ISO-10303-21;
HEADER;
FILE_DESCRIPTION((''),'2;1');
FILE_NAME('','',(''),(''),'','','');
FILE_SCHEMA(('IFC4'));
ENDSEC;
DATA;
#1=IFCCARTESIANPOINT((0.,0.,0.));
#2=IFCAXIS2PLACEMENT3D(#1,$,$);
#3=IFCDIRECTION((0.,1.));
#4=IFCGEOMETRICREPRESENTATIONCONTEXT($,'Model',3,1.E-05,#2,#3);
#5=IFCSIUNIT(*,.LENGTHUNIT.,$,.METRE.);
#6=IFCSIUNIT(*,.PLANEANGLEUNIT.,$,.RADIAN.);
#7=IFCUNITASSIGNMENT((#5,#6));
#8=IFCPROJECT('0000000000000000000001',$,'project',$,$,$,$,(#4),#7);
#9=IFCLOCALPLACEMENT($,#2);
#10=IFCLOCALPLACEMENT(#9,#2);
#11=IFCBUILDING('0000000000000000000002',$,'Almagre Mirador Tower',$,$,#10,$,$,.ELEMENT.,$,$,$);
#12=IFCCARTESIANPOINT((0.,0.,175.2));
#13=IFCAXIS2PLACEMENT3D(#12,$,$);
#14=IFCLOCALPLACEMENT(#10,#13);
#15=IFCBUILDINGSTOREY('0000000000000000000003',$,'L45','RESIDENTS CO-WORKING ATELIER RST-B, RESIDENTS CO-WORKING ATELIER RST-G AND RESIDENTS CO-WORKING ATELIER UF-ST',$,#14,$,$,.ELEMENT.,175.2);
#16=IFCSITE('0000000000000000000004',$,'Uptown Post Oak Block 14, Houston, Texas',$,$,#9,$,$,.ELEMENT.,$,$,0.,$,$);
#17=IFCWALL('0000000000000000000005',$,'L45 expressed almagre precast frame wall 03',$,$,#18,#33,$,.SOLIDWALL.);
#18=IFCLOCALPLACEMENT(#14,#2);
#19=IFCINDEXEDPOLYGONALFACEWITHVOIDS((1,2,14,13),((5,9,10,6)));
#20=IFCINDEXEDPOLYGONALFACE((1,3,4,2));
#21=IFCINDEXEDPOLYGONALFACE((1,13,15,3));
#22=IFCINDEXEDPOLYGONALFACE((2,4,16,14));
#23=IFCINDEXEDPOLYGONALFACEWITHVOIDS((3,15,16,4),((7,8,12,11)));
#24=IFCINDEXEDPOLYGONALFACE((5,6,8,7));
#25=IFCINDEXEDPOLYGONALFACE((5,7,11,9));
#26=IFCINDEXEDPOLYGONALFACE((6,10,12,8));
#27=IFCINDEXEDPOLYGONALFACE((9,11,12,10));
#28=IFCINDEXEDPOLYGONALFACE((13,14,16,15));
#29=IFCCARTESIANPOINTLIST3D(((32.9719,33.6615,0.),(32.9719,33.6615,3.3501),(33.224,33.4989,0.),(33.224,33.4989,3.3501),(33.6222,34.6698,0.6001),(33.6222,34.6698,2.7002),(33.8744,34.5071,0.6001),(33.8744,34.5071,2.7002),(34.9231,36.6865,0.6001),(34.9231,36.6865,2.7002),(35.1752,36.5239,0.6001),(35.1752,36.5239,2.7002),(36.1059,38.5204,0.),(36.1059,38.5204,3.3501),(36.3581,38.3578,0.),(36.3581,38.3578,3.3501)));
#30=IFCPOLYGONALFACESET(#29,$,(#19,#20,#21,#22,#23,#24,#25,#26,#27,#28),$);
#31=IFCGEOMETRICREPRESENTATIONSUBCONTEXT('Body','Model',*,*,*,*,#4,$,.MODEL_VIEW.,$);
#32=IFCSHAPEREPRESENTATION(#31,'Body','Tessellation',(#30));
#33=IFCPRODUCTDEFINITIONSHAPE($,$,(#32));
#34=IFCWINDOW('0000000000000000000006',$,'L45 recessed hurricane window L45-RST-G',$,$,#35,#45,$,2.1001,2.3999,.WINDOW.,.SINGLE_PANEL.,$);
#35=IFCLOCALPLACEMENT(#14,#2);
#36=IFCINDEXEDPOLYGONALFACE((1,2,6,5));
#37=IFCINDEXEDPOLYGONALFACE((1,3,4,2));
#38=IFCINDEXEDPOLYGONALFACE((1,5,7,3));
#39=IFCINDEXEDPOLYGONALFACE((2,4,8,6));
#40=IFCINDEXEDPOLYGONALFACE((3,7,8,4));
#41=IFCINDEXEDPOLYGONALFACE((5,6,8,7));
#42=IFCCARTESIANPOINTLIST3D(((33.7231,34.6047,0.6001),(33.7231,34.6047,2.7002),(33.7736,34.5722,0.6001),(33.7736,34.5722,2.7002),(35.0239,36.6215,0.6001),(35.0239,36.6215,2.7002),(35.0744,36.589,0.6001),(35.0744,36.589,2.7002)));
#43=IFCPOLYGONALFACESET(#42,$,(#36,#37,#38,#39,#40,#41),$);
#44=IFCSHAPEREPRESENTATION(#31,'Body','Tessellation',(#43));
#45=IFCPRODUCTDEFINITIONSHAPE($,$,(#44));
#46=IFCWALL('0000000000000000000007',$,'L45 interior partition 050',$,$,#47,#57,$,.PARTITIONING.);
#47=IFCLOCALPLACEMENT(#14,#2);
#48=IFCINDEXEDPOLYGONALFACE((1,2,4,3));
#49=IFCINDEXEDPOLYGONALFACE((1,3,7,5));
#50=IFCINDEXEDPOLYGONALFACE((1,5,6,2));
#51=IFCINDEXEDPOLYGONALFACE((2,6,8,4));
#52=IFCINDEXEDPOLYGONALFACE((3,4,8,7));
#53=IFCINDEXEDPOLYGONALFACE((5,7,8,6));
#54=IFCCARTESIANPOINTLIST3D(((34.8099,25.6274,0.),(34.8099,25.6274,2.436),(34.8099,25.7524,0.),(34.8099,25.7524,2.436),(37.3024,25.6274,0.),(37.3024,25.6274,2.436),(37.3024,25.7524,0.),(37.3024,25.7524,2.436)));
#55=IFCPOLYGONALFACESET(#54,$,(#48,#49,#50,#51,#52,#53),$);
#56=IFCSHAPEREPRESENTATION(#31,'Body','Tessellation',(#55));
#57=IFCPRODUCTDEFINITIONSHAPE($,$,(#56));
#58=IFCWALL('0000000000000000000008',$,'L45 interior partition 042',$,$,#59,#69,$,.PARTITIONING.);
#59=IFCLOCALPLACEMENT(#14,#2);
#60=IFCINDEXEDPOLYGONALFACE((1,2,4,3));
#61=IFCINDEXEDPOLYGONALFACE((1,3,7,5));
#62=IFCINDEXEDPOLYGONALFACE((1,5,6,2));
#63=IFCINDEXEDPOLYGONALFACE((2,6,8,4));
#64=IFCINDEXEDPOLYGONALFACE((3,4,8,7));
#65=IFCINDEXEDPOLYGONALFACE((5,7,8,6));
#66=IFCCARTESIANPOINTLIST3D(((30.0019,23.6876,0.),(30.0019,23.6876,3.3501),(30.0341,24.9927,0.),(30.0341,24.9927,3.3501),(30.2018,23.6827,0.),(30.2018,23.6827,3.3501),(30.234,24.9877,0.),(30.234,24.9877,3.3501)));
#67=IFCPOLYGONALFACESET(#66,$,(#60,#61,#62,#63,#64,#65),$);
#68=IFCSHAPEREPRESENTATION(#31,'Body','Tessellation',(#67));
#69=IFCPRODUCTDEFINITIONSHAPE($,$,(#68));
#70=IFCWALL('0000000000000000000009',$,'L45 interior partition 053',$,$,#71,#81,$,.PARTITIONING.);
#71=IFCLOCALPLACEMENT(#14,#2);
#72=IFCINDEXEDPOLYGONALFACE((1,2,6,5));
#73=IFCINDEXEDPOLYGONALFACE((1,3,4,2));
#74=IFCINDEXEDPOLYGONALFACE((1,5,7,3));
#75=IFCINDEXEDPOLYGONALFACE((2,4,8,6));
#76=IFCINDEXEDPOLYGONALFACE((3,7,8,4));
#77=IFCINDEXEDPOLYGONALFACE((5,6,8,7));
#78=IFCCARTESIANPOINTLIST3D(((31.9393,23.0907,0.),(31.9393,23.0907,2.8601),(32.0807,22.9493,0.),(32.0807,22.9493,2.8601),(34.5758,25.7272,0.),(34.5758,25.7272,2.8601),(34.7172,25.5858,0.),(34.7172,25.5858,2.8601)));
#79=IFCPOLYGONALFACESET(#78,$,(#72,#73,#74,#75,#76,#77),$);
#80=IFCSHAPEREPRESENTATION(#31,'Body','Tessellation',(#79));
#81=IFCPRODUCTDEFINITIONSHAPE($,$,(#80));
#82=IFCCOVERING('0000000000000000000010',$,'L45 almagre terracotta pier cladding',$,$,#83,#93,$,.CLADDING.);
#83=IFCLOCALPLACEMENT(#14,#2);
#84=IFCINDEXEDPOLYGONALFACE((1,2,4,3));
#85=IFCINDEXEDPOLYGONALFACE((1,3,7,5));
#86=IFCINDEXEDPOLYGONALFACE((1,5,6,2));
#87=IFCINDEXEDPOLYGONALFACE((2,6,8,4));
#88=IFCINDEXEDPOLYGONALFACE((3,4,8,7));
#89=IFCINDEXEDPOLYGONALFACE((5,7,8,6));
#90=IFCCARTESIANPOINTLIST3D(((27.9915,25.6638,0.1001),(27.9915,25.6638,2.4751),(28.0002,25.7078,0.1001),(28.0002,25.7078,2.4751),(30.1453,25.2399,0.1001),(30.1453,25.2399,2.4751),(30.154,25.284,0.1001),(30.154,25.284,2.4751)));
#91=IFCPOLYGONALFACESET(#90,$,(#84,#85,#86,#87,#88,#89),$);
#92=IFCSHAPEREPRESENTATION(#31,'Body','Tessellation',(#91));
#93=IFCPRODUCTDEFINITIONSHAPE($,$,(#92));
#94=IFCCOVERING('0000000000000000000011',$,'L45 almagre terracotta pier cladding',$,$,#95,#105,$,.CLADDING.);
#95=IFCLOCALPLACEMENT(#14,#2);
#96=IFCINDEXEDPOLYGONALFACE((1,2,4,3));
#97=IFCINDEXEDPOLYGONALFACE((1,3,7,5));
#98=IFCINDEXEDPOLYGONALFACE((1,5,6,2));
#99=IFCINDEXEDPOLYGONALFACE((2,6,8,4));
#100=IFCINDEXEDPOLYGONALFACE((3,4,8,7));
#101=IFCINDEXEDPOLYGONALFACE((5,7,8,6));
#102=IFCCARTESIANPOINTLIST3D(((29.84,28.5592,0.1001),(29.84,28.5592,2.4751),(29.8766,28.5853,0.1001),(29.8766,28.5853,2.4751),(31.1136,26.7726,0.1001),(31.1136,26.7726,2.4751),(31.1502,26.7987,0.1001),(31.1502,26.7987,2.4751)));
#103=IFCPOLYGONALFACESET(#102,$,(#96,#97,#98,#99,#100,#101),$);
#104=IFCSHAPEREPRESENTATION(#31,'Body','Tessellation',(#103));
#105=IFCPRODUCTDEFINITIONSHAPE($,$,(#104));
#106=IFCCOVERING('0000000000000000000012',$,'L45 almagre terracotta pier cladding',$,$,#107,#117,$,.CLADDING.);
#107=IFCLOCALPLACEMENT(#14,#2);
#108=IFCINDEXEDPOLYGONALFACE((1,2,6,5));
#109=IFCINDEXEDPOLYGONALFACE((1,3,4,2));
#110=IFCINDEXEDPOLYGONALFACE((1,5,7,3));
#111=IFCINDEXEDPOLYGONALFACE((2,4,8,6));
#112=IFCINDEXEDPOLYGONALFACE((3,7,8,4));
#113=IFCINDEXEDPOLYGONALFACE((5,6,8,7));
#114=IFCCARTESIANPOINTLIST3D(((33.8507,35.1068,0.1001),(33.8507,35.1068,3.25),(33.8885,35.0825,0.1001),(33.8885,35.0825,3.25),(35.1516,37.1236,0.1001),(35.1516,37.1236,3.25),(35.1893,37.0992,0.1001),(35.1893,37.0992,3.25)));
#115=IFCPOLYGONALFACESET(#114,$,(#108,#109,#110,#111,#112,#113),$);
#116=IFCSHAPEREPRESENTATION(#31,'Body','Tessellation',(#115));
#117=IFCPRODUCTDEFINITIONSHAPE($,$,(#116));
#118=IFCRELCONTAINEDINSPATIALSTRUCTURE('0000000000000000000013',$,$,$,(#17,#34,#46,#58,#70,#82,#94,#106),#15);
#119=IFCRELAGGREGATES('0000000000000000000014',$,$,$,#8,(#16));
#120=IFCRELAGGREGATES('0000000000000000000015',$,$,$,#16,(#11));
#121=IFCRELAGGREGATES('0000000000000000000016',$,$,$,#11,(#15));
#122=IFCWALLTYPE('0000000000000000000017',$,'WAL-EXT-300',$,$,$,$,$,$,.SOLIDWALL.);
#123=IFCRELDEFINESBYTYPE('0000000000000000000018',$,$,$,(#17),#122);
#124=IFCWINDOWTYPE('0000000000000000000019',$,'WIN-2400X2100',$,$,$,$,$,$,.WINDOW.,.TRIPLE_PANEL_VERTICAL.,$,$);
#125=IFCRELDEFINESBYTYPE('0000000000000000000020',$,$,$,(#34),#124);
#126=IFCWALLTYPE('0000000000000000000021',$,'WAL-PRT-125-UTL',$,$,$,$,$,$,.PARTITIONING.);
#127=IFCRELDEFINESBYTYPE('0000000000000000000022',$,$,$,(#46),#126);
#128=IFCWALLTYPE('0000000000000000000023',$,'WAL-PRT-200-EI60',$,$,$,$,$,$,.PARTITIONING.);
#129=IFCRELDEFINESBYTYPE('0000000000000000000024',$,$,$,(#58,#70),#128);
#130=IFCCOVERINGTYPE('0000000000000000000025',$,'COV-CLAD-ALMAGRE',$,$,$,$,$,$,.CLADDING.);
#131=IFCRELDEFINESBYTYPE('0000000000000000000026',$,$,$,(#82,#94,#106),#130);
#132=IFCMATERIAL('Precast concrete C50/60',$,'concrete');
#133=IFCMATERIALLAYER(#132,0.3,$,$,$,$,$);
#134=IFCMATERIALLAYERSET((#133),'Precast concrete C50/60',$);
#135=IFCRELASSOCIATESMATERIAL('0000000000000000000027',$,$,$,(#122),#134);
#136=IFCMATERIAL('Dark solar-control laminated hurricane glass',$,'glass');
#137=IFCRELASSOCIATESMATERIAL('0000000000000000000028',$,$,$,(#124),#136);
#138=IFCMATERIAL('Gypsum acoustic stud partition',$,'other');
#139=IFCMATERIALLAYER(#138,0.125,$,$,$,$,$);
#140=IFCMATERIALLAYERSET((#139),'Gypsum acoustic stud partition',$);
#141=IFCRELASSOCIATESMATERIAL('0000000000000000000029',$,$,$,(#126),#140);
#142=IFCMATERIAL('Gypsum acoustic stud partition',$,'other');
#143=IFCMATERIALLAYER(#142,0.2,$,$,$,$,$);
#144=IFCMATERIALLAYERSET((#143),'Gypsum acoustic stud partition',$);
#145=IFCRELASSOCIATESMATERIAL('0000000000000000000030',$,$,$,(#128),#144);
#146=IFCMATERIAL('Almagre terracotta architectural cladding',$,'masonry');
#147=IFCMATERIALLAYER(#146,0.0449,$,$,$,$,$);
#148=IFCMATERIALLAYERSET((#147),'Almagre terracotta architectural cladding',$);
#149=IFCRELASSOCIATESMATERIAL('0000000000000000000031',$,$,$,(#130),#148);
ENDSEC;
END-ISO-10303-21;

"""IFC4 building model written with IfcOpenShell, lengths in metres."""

from ifc_helpers import new_model, si_unit, direction, frame, frame_2d, origin, origin_2d, place, context, subcontext, project, spatial, rectangle, extrude, material, layer, layer_set, type_object, element, fill, save


model = new_model("IFC4")

# Units and contexts
model_context = context("Model", 3, precision=1e-05, world=origin(), true_north=direction((0.0, 1.0)))
body_context = subcontext(model_context, "Body", "Model", "MODEL_VIEW")
ifc_project = project(units=[si_unit("LENGTHUNIT", "METRE"), si_unit("PLANEANGLEUNIT", "RADIAN")], contexts=[model_context])

# Site, building, storey
site_placement = place(None, origin())
site = spatial("IfcSite", under=ifc_project, at=site_placement, Name="Uptown Post Oak Block 14, Houston, Texas", CompositionType="ELEMENT", RefElevation=0.0)
building_placement = place(site_placement, origin())
building = spatial("IfcBuilding", under=site, at=building_placement, Name="Almagre Mirador Tower", CompositionType="ELEMENT")
storey_placement = place(building_placement, frame((0.0, 0.0, 175.2)))
storey = spatial("IfcBuildingStorey", under=building, at=storey_placement, Name="L45", Description="RESIDENTS CO-WORKING ATELIER RST-B, RESIDENTS CO-WORKING ATELIER RST-G AND RESIDENTS CO-WORKING ATELIER UF-ST", CompositionType="ELEMENT", Elevation=175.2)

# Shared definitions
ifc_material_1 = material(Name="Precast concrete C50/60", Category="concrete")
ifc_layer_1 = layer(ifc_material_1, 0.3)
ifc_layer_set_1 = layer_set([ifc_layer_1], Name="Precast concrete C50/60")
wall_type_1 = type_object("IfcWallType", Name="WAL-EXT-300", PredefinedType="SOLIDWALL", material=ifc_layer_set_1)

# Wall, opening, window
wall_1_placement = place(storey_placement, frame((33.0979, 33.5801, 0.0), z_axis=(0.0, 0.0, 1.0), x_axis=(0.542037, 0.840354, 0.0)))
wall_1 = element("IfcWall", 1, at=wall_1_placement, inside=storey, type_object=wall_type_1, Name="L45 expressed almagre precast frame wall 03", PredefinedType="SOLIDWALL", context=body_context, shape_type="SweptSolid", body=[
    extrude(rectangle(XDim=5.782, YDim=0.3, at=frame_2d((2.8911, 0.0))), origin(), (0.0, 0.0, 1.0), 3.3501),
])
opening_placement = place(wall_1_placement, frame((1.2, 0.0, 0.6001)))
opening = element("IfcOpeningElement", 2, at=opening_placement, cuts=wall_1, PredefinedType="OPENING", context=body_context, shape_type="SweptSolid", body=[
    extrude(rectangle(XDim=2.3999, YDim=2.1001, at=frame_2d((1.2, 1.05))), frame((0.0, 0.1599, 0.0), z_axis=(0.0, -1.0, 0.0), x_axis=(1.0, 0.0, 0.0)), (0.0, 0.0, 1.0), 0.32),
])
ifc_material_2 = material(Name="Dark solar-control laminated hurricane glass", Category="glass")
window_type = type_object("IfcWindowType", Name="WIN-2400X2100", PartitioningType="TRIPLE_PANEL_VERTICAL", PredefinedType="WINDOW", material=ifc_material_2)
window_placement = place(opening_placement, origin())
window = element("IfcWindow", 3, at=window_placement, inside=storey, type_object=window_type, Name="L45 recessed hurricane window L45-RST-G", OverallHeight=2.1001, OverallWidth=2.3999, PartitioningType="SINGLE_PANEL", PredefinedType="WINDOW", context=body_context, shape_type="SweptSolid", body=[
    extrude(rectangle(XDim=2.3999, YDim=2.1001, at=frame_2d((1.2, 1.05))), frame((0.0, 0.03, 0.0), z_axis=(0.0, -1.0, 0.0), x_axis=(1.0, 0.0, 0.0)), (0.0, 0.0, 1.0), 0.0601),
])
fill(opening, window)

# Walls
ifc_material_3 = material(Name="Gypsum acoustic stud partition", Category="other")
ifc_layer_2 = layer(ifc_material_3, 0.125)
ifc_layer_set_2 = layer_set([ifc_layer_2], Name="Gypsum acoustic stud partition")
wall_type_2 = type_object("IfcWallType", Name="WAL-PRT-125-UTL", PredefinedType="PARTITIONING", material=ifc_layer_set_2)
wall_2_placement = place(storey_placement, frame((34.8101, 25.6899, 0.0), z_axis=(0.0, 0.0, 1.0), x_axis=(1.0, 0.0, 0.0)))
element("IfcWall", 4, at=wall_2_placement, inside=storey, type_object=wall_type_2, Name="L45 interior partition 050", PredefinedType="PARTITIONING", context=body_context, shape_type="SweptSolid", body=[
    extrude(rectangle(XDim=2.4924, YDim=0.125, at=frame_2d((1.2461, 0.0))), origin(), (0.0, 0.0, 1.0), 2.436),
])
ifc_material_4 = material(Name="Gypsum acoustic stud partition", Category="other")
ifc_layer_3 = layer(ifc_material_4, 0.2)
ifc_layer_set_3 = layer_set([ifc_layer_3], Name="Gypsum acoustic stud partition")
wall_type_3 = type_object("IfcWallType", Name="WAL-PRT-200-EI60", PredefinedType="PARTITIONING", material=ifc_layer_set_3)
wall_3_placement = place(storey_placement, frame((30.1018, 23.6851, 0.0), z_axis=(0.0, 0.0, 1.0), x_axis=(0.024688, 0.999695, 0.0)))
element("IfcWall", 5, at=wall_3_placement, inside=storey, type_object=wall_type_3, Name="L45 interior partition 042", PredefinedType="PARTITIONING", context=body_context, shape_type="SweptSolid", body=[
    extrude(rectangle(XDim=1.3054, YDim=0.2, at=frame_2d((0.6528, 0.0))), origin(), (0.0, 0.0, 1.0), 3.3501),
])
wall_4_placement = place(storey_placement, frame((34.6465, 25.6565, 0.0), z_axis=(0.0, 0.0, 1.0), x_axis=(-0.707107, -0.707107, 0.0)))
element("IfcWall", 6, at=wall_4_placement, inside=storey, type_object=wall_type_3, Name="L45 interior partition 053", PredefinedType="PARTITIONING", context=body_context, shape_type="SweptSolid", body=[
    extrude(rectangle(XDim=3.7285, YDim=0.2, at=frame_2d((1.8643, 0.0))), origin(), (0.0, 0.0, 1.0), 2.8601),
])

# Coverings
ifc_material_5 = material(Name="Almagre terracotta architectural cladding", Category="masonry")
ifc_layer_4 = layer(ifc_material_5, 0.0449)
ifc_layer_set_4 = layer_set([ifc_layer_4], Name="Almagre terracotta architectural cladding")
covering_type = type_object("IfcCoveringType", Name="COV-CLAD-ALMAGRE", PredefinedType="CLADDING", material=ifc_layer_set_4)
covering_1_placement = place(storey_placement, frame((29.0728, 25.4739, 0.1001), z_axis=(0.0, 0.0, 1.0), x_axis=(0.981182, -0.193087, 0.0)))
element("IfcCovering", 7, at=covering_1_placement, inside=storey, type_object=covering_type, Name="L45 almagre terracotta pier cladding", PredefinedType="CLADDING", context=body_context, shape_type="SweptSolid", body=[
    extrude(rectangle(XDim=2.1951, YDim=0.0449, at=origin_2d()), origin(), (0.0, 0.0, 1.0), 2.375),
])
covering_2_placement = place(storey_placement, frame((30.4951, 27.679, 0.1001), z_axis=(0.0, 0.0, 1.0), x_axis=(-0.580476, 0.814278, 0.0)))
element("IfcCovering", 8, at=covering_2_placement, inside=storey, type_object=covering_type, Name="L45 almagre terracotta pier cladding", PredefinedType="CLADDING", context=body_context, shape_type="SweptSolid", body=[
    extrude(rectangle(XDim=2.1941, YDim=0.0449, at=origin_2d()), origin(), (0.0, 0.0, 1.0), 2.375),
])
covering_3_placement = place(storey_placement, frame((34.52, 36.103, 0.1001), z_axis=(0.0, 0.0, 1.0), x_axis=(0.542031, 0.840359, 0.0)))
element("IfcCovering", 9, at=covering_3_placement, inside=storey, type_object=covering_type, Name="L45 almagre terracotta pier cladding", PredefinedType="CLADDING", context=body_context, shape_type="SweptSolid", body=[
    extrude(rectangle(XDim=2.3999, YDim=0.0449, at=origin_2d()), origin(), (0.0, 0.0, 1.0), 3.1499),
])

save(model, "model.ifc")
